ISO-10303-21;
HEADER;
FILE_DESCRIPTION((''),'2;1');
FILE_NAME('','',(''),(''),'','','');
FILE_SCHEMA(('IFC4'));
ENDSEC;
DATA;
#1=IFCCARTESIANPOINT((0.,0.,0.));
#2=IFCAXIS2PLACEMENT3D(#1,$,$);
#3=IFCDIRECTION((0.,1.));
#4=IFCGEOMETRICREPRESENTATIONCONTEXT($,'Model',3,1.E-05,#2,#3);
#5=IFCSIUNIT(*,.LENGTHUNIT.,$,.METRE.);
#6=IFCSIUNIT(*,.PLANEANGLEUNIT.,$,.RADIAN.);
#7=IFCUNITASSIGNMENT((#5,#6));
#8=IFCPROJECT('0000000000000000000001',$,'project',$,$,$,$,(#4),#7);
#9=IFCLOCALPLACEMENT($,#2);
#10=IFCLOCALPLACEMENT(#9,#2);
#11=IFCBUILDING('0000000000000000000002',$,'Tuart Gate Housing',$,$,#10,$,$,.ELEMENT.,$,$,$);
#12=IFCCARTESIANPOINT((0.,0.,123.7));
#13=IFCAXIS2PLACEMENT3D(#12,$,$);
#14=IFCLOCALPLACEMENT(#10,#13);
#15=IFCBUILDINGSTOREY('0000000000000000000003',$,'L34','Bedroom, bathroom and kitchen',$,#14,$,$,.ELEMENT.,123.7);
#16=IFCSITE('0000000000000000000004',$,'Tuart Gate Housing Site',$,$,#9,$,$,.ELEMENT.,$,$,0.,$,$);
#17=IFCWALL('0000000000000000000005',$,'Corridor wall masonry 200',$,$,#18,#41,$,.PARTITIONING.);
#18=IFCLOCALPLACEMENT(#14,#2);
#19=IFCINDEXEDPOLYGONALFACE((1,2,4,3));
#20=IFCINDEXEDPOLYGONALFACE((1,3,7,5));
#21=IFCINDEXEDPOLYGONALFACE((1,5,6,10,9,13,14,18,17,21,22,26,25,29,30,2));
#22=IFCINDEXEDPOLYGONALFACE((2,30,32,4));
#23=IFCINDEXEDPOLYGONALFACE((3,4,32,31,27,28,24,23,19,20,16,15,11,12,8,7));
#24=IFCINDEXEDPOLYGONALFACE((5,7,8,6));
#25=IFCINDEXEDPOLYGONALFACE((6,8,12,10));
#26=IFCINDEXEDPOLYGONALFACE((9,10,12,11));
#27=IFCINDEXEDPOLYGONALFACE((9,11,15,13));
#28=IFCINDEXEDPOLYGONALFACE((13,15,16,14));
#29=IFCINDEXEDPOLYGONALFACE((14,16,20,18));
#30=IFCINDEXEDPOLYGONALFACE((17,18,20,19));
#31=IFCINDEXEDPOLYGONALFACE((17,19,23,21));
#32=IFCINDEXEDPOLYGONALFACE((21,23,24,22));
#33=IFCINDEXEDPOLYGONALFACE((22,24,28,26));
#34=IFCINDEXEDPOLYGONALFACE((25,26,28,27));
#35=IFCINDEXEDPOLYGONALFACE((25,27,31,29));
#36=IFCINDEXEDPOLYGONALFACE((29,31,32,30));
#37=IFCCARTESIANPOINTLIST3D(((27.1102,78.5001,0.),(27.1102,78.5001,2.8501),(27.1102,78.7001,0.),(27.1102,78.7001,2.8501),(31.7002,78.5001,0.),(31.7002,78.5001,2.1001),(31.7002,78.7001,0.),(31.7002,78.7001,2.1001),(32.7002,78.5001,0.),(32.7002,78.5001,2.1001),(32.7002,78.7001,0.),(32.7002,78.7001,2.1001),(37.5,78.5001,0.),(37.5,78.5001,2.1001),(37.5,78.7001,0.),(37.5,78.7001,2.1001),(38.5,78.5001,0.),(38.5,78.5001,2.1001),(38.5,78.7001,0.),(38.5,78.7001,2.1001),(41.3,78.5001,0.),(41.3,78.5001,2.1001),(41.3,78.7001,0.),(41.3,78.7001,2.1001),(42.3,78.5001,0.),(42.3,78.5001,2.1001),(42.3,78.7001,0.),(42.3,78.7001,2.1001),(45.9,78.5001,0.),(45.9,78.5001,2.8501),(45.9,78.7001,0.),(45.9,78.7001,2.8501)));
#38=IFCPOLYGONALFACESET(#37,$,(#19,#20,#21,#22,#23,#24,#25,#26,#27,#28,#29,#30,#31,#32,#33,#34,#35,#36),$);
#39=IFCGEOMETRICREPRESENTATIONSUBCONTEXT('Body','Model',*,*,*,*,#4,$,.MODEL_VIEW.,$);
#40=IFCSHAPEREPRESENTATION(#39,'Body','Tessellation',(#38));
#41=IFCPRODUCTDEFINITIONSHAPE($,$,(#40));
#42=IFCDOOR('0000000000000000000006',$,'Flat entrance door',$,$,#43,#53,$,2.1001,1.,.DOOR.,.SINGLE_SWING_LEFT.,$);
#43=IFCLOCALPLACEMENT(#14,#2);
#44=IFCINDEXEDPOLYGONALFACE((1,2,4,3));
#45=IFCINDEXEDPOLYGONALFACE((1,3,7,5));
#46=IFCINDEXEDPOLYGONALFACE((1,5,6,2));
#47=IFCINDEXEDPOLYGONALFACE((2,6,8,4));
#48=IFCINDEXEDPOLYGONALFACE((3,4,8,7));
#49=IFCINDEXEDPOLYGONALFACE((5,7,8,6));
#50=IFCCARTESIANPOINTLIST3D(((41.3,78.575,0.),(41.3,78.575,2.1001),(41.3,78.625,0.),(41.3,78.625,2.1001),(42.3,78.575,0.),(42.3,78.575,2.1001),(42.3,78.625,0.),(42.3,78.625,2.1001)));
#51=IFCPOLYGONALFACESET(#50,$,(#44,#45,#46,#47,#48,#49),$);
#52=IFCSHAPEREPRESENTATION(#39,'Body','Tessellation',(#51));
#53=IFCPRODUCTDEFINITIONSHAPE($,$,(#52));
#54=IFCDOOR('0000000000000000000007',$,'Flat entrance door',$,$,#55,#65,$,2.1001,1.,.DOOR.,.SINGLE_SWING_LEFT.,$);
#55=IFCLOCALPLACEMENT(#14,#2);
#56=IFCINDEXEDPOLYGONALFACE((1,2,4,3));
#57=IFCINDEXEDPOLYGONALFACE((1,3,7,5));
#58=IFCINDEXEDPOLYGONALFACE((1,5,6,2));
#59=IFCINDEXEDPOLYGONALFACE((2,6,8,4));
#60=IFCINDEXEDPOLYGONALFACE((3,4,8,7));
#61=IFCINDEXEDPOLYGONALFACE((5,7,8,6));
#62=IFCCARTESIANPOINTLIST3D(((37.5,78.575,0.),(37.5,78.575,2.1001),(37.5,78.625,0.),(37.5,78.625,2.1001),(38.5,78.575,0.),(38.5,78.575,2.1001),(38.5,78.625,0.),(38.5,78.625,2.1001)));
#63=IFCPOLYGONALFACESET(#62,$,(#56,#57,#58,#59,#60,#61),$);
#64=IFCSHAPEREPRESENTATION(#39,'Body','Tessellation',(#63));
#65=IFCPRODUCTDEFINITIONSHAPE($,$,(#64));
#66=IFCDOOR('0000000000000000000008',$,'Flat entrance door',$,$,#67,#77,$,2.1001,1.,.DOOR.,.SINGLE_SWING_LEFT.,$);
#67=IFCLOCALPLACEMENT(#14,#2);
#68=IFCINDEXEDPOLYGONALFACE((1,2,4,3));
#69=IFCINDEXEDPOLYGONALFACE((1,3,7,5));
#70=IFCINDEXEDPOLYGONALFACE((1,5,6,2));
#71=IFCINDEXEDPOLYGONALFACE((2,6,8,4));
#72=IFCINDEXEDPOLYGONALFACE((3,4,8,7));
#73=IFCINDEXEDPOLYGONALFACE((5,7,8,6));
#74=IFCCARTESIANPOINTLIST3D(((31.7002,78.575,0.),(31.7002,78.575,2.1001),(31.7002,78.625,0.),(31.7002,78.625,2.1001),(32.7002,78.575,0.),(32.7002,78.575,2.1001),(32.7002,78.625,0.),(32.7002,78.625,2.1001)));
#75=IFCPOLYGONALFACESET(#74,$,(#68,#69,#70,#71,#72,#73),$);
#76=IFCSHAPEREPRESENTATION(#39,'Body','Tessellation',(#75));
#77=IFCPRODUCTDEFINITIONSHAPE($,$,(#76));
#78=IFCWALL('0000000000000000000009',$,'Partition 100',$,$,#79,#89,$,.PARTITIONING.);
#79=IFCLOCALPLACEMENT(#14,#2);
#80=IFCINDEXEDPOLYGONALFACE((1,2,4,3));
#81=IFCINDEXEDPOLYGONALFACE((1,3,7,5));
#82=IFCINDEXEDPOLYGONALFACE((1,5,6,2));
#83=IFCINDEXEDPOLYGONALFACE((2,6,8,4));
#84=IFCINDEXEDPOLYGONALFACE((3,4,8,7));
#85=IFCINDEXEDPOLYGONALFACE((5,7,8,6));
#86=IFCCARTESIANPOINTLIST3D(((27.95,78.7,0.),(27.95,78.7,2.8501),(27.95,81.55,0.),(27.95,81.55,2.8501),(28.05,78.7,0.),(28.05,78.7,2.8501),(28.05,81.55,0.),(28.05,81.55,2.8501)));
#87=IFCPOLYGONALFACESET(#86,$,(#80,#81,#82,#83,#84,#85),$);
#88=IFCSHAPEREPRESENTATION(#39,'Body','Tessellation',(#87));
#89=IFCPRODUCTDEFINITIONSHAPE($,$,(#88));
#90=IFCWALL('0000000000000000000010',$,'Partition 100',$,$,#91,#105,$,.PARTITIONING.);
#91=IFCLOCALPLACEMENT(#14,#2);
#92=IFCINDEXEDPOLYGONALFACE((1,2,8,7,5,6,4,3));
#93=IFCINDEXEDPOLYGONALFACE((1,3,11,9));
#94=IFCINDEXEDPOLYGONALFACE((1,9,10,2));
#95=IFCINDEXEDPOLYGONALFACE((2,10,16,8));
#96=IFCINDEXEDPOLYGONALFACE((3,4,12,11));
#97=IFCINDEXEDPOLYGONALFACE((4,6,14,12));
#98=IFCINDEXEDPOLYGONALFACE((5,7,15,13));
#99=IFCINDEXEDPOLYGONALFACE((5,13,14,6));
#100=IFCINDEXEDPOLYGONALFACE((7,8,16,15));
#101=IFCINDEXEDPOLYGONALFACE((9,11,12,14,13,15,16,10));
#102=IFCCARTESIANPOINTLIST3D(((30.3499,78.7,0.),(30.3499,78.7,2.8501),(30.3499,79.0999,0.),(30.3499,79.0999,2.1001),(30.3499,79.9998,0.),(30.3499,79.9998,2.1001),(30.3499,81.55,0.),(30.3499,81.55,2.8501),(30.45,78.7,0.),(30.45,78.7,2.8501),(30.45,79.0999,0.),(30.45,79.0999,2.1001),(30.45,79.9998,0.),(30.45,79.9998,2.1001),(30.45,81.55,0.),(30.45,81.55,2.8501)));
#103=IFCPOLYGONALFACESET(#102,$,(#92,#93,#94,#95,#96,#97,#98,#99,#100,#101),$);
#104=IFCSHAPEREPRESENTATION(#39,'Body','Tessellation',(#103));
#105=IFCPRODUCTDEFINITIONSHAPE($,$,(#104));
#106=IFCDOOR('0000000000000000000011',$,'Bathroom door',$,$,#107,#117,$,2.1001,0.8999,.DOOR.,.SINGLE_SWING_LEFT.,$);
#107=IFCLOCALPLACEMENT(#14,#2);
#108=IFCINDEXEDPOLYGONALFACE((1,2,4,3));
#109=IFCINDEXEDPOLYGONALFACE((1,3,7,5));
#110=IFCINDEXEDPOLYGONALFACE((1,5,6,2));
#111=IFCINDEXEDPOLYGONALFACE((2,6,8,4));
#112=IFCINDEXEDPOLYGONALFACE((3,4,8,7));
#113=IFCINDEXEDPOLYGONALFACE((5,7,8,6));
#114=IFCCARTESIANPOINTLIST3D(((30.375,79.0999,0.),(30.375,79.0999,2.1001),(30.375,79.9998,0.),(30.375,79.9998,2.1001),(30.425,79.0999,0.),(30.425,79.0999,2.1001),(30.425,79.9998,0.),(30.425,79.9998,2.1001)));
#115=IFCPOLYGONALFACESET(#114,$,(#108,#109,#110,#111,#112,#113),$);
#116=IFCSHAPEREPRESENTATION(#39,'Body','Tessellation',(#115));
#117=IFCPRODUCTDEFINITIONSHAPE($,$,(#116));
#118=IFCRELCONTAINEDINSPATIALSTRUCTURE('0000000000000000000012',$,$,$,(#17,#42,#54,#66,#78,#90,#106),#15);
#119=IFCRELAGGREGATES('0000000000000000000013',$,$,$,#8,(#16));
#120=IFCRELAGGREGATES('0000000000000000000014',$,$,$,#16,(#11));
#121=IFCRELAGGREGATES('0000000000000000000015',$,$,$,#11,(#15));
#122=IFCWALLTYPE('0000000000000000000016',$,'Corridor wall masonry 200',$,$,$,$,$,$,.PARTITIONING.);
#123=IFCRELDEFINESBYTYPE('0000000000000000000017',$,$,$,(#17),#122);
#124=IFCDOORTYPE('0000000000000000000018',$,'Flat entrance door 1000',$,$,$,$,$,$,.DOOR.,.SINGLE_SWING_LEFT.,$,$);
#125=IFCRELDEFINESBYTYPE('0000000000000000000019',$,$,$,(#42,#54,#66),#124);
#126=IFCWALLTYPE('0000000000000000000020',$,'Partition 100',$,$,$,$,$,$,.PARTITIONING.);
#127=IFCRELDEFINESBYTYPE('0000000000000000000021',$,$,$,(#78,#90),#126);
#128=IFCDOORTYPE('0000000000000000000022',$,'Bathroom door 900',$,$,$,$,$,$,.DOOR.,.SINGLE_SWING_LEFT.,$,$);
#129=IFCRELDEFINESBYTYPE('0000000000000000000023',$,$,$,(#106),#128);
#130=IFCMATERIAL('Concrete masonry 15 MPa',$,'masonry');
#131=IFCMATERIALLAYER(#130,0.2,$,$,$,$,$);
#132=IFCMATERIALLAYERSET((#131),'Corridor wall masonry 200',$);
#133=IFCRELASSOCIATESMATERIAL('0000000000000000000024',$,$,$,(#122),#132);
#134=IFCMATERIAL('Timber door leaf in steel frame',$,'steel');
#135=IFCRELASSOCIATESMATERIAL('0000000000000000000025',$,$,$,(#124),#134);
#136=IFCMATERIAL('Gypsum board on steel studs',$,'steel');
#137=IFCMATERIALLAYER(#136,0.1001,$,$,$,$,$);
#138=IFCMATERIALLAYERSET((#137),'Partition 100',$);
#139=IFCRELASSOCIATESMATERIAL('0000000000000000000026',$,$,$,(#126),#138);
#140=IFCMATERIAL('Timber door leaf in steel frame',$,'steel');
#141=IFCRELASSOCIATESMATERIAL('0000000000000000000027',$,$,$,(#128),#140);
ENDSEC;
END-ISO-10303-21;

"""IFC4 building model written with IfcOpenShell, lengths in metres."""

from ifc_helpers import new_model, si_unit, direction, frame, frame_2d, origin, place, context, subcontext, project, spatial, rectangle, extrude, material, layer, layer_set, type_object, element, fill, save


model = new_model("IFC4")

# Units and contexts
model_context = context("Model", 3, precision=1e-05, world=origin(), true_north=direction((0.0, 1.0)))
body_context = subcontext(model_context, "Body", "Model", "MODEL_VIEW")
ifc_project = project(units=[si_unit("LENGTHUNIT", "METRE"), si_unit("PLANEANGLEUNIT", "RADIAN")], contexts=[model_context])

# Site, building, storey
site_placement = place(None, origin())
site = spatial("IfcSite", under=ifc_project, at=site_placement, Name="Tuart Gate Housing Site", CompositionType="ELEMENT", RefElevation=0.0)
building_placement = place(site_placement, origin())
building = spatial("IfcBuilding", under=site, at=building_placement, Name="Tuart Gate Housing", CompositionType="ELEMENT")
storey_placement = place(building_placement, frame((0.0, 0.0, 123.7)))
storey = spatial("IfcBuildingStorey", under=building, at=storey_placement, Name="L34", Description="Bedroom, bathroom and kitchen", CompositionType="ELEMENT", Elevation=123.7)

# Wall, openings, doors
ifc_material_1 = material(Name="Concrete masonry 15 MPa", Category="masonry")
ifc_layer_1 = layer(ifc_material_1, 0.2)
ifc_layer_set_1 = layer_set([ifc_layer_1], Name="Corridor wall masonry 200")
wall_type_1 = type_object("IfcWallType", Name="Corridor wall masonry 200", PredefinedType="PARTITIONING", material=ifc_layer_set_1)
wall_1_placement = place(storey_placement, frame((27.1101, 78.6001, 0.0), z_axis=(0.0, 0.0, 1.0), x_axis=(1.0, 0.0, 0.0)))
wall_1 = element("IfcWall", 1, at=wall_1_placement, inside=storey, type_object=wall_type_1, Name="Corridor wall masonry 200", PredefinedType="PARTITIONING", context=body_context, shape_type="SweptSolid", body=[
    extrude(rectangle(XDim=18.7898, YDim=0.2, at=frame_2d((9.395, 0.0))), origin(), (0.0, 0.0, 1.0), 2.8501),
])
opening_1_placement = place(wall_1_placement, frame((14.1899, 0.0, 0.0)))
opening_1 = element("IfcOpeningElement", 2, at=opening_1_placement, cuts=wall_1, PredefinedType="OPENING", context=body_context, shape_type="SweptSolid", body=[
    extrude(rectangle(XDim=1.0, YDim=2.1001, at=frame_2d((0.5, 1.05))), frame((0.0, 0.1099, 0.0), z_axis=(0.0, -1.0, 0.0), x_axis=(1.0, 0.0, 0.0)), (0.0, 0.0, 1.0), 0.22),
])
opening_2_placement = place(wall_1_placement, frame((10.3899, 0.0, 0.0)))
opening_2 = element("IfcOpeningElement", 3, at=opening_2_placement, cuts=wall_1, PredefinedType="OPENING", context=body_context, shape_type="SweptSolid", body=[
    extrude(rectangle(XDim=1.0, YDim=2.1001, at=frame_2d((0.5, 1.05))), frame((0.0, 0.1099, 0.0), z_axis=(0.0, -1.0, 0.0), x_axis=(1.0, 0.0, 0.0)), (0.0, 0.0, 1.0), 0.22),
])
opening_3_placement = place(wall_1_placement, frame((4.5901, 0.0, 0.0)))
opening_3 = element("IfcOpeningElement", 4, at=opening_3_placement, cuts=wall_1, PredefinedType="OPENING", context=body_context, shape_type="SweptSolid", body=[
    extrude(rectangle(XDim=1.0, YDim=2.1001, at=frame_2d((0.5, 1.05))), frame((0.0, 0.1099, 0.0), z_axis=(0.0, -1.0, 0.0), x_axis=(1.0, 0.0, 0.0)), (0.0, 0.0, 1.0), 0.22),
])
ifc_material_2 = material(Name="Timber door leaf in steel frame", Category="steel")
door_type_1 = type_object("IfcDoorType", Name="Flat entrance door 1000", OperationType="SINGLE_SWING_LEFT", PredefinedType="DOOR", material=ifc_material_2)
door_1_placement = place(opening_1_placement, origin())
door_1 = element("IfcDoor", 5, at=door_1_placement, inside=storey, type_object=door_type_1, Name="Flat entrance door", OperationType="SINGLE_SWING_LEFT", OverallHeight=2.1001, OverallWidth=1.0, PredefinedType="DOOR", context=body_context, shape_type="SweptSolid", body=[
    extrude(rectangle(XDim=1.0, YDim=2.1001, at=frame_2d((0.5, 1.05))), frame((0.0, 0.0249, 0.0), z_axis=(0.0, -1.0, 0.0), x_axis=(1.0, 0.0, 0.0)), (0.0, 0.0, 1.0), 0.05),
])
fill(opening_1, door_1)
door_2_placement = place(opening_2_placement, origin())
door_2 = element("IfcDoor", 6, at=door_2_placement, inside=storey, type_object=door_type_1, Name="Flat entrance door", OperationType="SINGLE_SWING_LEFT", OverallHeight=2.1001, OverallWidth=1.0, PredefinedType="DOOR", context=body_context, shape_type="SweptSolid", body=[
    extrude(rectangle(XDim=1.0, YDim=2.1001, at=frame_2d((0.5, 1.05))), frame((0.0, 0.0249, 0.0), z_axis=(0.0, -1.0, 0.0), x_axis=(1.0, 0.0, 0.0)), (0.0, 0.0, 1.0), 0.05),
])
fill(opening_2, door_2)
door_3_placement = place(opening_3_placement, origin())
door_3 = element("IfcDoor", 7, at=door_3_placement, inside=storey, type_object=door_type_1, Name="Flat entrance door", OperationType="SINGLE_SWING_LEFT", OverallHeight=2.1001, OverallWidth=1.0, PredefinedType="DOOR", context=body_context, shape_type="SweptSolid", body=[
    extrude(rectangle(XDim=1.0, YDim=2.1001, at=frame_2d((0.5, 1.05))), frame((0.0, 0.0249, 0.0), z_axis=(0.0, -1.0, 0.0), x_axis=(1.0, 0.0, 0.0)), (0.0, 0.0, 1.0), 0.05),
])
fill(opening_3, door_3)

# Wall
ifc_material_3 = material(Name="Gypsum board on steel studs", Category="steel")
ifc_layer_2 = layer(ifc_material_3, 0.1001)
ifc_layer_set_2 = layer_set([ifc_layer_2], Name="Partition 100")
wall_type_2 = type_object("IfcWallType", Name="Partition 100", PredefinedType="PARTITIONING", material=ifc_layer_set_2)
wall_2_placement = place(storey_placement, frame((28.0, 78.7, 0.0), z_axis=(0.0, 0.0, 1.0), x_axis=(0.0, 1.0, 0.0)))
element("IfcWall", 8, at=wall_2_placement, inside=storey, type_object=wall_type_2, Name="Partition 100", PredefinedType="PARTITIONING", context=body_context, shape_type="SweptSolid", body=[
    extrude(rectangle(XDim=2.8501, YDim=0.1001, at=frame_2d((1.425, 0.0))), origin(), (0.0, 0.0, 1.0), 2.8501),
])

# Wall, opening, door
wall_3_placement = place(storey_placement, frame((30.3999, 78.7, 0.0), z_axis=(0.0, 0.0, 1.0), x_axis=(0.0, 1.0, 0.0)))
wall_3 = element("IfcWall", 9, at=wall_3_placement, inside=storey, type_object=wall_type_2, Name="Partition 100", PredefinedType="PARTITIONING", context=body_context, shape_type="SweptSolid", body=[
    extrude(rectangle(XDim=2.8501, YDim=0.1001, at=frame_2d((1.425, 0.0))), origin(), (0.0, 0.0, 1.0), 2.8501),
])
opening_4_placement = place(wall_3_placement, frame((0.3999, 0.0, 0.0)))
opening_4 = element("IfcOpeningElement", 10, at=opening_4_placement, cuts=wall_3, PredefinedType="OPENING", context=body_context, shape_type="SweptSolid", body=[
    extrude(rectangle(XDim=0.8999, YDim=2.1001, at=frame_2d((0.45, 1.05))), frame((0.0, 0.0601, 0.0), z_axis=(0.0, -1.0, 0.0), x_axis=(1.0, 0.0, 0.0)), (0.0, 0.0, 1.0), 0.1201),
])
ifc_material_4 = material(Name="Timber door leaf in steel frame", Category="steel")
door_type_2 = type_object("IfcDoorType", Name="Bathroom door 900", OperationType="SINGLE_SWING_LEFT", PredefinedType="DOOR", material=ifc_material_4)
door_4_placement = place(opening_4_placement, origin())
door_4 = element("IfcDoor", 11, at=door_4_placement, inside=storey, type_object=door_type_2, Name="Bathroom door", OperationType="SINGLE_SWING_LEFT", OverallHeight=2.1001, OverallWidth=0.8999, PredefinedType="DOOR", context=body_context, shape_type="SweptSolid", body=[
    extrude(rectangle(XDim=0.8999, YDim=2.1001, at=frame_2d((0.45, 1.05))), frame((0.0, 0.0249, 0.0), z_axis=(0.0, -1.0, 0.0), x_axis=(1.0, 0.0, 0.0)), (0.0, 0.0, 1.0), 0.05),
])
fill(opening_4, door_4)

save(model, "model.ifc")
